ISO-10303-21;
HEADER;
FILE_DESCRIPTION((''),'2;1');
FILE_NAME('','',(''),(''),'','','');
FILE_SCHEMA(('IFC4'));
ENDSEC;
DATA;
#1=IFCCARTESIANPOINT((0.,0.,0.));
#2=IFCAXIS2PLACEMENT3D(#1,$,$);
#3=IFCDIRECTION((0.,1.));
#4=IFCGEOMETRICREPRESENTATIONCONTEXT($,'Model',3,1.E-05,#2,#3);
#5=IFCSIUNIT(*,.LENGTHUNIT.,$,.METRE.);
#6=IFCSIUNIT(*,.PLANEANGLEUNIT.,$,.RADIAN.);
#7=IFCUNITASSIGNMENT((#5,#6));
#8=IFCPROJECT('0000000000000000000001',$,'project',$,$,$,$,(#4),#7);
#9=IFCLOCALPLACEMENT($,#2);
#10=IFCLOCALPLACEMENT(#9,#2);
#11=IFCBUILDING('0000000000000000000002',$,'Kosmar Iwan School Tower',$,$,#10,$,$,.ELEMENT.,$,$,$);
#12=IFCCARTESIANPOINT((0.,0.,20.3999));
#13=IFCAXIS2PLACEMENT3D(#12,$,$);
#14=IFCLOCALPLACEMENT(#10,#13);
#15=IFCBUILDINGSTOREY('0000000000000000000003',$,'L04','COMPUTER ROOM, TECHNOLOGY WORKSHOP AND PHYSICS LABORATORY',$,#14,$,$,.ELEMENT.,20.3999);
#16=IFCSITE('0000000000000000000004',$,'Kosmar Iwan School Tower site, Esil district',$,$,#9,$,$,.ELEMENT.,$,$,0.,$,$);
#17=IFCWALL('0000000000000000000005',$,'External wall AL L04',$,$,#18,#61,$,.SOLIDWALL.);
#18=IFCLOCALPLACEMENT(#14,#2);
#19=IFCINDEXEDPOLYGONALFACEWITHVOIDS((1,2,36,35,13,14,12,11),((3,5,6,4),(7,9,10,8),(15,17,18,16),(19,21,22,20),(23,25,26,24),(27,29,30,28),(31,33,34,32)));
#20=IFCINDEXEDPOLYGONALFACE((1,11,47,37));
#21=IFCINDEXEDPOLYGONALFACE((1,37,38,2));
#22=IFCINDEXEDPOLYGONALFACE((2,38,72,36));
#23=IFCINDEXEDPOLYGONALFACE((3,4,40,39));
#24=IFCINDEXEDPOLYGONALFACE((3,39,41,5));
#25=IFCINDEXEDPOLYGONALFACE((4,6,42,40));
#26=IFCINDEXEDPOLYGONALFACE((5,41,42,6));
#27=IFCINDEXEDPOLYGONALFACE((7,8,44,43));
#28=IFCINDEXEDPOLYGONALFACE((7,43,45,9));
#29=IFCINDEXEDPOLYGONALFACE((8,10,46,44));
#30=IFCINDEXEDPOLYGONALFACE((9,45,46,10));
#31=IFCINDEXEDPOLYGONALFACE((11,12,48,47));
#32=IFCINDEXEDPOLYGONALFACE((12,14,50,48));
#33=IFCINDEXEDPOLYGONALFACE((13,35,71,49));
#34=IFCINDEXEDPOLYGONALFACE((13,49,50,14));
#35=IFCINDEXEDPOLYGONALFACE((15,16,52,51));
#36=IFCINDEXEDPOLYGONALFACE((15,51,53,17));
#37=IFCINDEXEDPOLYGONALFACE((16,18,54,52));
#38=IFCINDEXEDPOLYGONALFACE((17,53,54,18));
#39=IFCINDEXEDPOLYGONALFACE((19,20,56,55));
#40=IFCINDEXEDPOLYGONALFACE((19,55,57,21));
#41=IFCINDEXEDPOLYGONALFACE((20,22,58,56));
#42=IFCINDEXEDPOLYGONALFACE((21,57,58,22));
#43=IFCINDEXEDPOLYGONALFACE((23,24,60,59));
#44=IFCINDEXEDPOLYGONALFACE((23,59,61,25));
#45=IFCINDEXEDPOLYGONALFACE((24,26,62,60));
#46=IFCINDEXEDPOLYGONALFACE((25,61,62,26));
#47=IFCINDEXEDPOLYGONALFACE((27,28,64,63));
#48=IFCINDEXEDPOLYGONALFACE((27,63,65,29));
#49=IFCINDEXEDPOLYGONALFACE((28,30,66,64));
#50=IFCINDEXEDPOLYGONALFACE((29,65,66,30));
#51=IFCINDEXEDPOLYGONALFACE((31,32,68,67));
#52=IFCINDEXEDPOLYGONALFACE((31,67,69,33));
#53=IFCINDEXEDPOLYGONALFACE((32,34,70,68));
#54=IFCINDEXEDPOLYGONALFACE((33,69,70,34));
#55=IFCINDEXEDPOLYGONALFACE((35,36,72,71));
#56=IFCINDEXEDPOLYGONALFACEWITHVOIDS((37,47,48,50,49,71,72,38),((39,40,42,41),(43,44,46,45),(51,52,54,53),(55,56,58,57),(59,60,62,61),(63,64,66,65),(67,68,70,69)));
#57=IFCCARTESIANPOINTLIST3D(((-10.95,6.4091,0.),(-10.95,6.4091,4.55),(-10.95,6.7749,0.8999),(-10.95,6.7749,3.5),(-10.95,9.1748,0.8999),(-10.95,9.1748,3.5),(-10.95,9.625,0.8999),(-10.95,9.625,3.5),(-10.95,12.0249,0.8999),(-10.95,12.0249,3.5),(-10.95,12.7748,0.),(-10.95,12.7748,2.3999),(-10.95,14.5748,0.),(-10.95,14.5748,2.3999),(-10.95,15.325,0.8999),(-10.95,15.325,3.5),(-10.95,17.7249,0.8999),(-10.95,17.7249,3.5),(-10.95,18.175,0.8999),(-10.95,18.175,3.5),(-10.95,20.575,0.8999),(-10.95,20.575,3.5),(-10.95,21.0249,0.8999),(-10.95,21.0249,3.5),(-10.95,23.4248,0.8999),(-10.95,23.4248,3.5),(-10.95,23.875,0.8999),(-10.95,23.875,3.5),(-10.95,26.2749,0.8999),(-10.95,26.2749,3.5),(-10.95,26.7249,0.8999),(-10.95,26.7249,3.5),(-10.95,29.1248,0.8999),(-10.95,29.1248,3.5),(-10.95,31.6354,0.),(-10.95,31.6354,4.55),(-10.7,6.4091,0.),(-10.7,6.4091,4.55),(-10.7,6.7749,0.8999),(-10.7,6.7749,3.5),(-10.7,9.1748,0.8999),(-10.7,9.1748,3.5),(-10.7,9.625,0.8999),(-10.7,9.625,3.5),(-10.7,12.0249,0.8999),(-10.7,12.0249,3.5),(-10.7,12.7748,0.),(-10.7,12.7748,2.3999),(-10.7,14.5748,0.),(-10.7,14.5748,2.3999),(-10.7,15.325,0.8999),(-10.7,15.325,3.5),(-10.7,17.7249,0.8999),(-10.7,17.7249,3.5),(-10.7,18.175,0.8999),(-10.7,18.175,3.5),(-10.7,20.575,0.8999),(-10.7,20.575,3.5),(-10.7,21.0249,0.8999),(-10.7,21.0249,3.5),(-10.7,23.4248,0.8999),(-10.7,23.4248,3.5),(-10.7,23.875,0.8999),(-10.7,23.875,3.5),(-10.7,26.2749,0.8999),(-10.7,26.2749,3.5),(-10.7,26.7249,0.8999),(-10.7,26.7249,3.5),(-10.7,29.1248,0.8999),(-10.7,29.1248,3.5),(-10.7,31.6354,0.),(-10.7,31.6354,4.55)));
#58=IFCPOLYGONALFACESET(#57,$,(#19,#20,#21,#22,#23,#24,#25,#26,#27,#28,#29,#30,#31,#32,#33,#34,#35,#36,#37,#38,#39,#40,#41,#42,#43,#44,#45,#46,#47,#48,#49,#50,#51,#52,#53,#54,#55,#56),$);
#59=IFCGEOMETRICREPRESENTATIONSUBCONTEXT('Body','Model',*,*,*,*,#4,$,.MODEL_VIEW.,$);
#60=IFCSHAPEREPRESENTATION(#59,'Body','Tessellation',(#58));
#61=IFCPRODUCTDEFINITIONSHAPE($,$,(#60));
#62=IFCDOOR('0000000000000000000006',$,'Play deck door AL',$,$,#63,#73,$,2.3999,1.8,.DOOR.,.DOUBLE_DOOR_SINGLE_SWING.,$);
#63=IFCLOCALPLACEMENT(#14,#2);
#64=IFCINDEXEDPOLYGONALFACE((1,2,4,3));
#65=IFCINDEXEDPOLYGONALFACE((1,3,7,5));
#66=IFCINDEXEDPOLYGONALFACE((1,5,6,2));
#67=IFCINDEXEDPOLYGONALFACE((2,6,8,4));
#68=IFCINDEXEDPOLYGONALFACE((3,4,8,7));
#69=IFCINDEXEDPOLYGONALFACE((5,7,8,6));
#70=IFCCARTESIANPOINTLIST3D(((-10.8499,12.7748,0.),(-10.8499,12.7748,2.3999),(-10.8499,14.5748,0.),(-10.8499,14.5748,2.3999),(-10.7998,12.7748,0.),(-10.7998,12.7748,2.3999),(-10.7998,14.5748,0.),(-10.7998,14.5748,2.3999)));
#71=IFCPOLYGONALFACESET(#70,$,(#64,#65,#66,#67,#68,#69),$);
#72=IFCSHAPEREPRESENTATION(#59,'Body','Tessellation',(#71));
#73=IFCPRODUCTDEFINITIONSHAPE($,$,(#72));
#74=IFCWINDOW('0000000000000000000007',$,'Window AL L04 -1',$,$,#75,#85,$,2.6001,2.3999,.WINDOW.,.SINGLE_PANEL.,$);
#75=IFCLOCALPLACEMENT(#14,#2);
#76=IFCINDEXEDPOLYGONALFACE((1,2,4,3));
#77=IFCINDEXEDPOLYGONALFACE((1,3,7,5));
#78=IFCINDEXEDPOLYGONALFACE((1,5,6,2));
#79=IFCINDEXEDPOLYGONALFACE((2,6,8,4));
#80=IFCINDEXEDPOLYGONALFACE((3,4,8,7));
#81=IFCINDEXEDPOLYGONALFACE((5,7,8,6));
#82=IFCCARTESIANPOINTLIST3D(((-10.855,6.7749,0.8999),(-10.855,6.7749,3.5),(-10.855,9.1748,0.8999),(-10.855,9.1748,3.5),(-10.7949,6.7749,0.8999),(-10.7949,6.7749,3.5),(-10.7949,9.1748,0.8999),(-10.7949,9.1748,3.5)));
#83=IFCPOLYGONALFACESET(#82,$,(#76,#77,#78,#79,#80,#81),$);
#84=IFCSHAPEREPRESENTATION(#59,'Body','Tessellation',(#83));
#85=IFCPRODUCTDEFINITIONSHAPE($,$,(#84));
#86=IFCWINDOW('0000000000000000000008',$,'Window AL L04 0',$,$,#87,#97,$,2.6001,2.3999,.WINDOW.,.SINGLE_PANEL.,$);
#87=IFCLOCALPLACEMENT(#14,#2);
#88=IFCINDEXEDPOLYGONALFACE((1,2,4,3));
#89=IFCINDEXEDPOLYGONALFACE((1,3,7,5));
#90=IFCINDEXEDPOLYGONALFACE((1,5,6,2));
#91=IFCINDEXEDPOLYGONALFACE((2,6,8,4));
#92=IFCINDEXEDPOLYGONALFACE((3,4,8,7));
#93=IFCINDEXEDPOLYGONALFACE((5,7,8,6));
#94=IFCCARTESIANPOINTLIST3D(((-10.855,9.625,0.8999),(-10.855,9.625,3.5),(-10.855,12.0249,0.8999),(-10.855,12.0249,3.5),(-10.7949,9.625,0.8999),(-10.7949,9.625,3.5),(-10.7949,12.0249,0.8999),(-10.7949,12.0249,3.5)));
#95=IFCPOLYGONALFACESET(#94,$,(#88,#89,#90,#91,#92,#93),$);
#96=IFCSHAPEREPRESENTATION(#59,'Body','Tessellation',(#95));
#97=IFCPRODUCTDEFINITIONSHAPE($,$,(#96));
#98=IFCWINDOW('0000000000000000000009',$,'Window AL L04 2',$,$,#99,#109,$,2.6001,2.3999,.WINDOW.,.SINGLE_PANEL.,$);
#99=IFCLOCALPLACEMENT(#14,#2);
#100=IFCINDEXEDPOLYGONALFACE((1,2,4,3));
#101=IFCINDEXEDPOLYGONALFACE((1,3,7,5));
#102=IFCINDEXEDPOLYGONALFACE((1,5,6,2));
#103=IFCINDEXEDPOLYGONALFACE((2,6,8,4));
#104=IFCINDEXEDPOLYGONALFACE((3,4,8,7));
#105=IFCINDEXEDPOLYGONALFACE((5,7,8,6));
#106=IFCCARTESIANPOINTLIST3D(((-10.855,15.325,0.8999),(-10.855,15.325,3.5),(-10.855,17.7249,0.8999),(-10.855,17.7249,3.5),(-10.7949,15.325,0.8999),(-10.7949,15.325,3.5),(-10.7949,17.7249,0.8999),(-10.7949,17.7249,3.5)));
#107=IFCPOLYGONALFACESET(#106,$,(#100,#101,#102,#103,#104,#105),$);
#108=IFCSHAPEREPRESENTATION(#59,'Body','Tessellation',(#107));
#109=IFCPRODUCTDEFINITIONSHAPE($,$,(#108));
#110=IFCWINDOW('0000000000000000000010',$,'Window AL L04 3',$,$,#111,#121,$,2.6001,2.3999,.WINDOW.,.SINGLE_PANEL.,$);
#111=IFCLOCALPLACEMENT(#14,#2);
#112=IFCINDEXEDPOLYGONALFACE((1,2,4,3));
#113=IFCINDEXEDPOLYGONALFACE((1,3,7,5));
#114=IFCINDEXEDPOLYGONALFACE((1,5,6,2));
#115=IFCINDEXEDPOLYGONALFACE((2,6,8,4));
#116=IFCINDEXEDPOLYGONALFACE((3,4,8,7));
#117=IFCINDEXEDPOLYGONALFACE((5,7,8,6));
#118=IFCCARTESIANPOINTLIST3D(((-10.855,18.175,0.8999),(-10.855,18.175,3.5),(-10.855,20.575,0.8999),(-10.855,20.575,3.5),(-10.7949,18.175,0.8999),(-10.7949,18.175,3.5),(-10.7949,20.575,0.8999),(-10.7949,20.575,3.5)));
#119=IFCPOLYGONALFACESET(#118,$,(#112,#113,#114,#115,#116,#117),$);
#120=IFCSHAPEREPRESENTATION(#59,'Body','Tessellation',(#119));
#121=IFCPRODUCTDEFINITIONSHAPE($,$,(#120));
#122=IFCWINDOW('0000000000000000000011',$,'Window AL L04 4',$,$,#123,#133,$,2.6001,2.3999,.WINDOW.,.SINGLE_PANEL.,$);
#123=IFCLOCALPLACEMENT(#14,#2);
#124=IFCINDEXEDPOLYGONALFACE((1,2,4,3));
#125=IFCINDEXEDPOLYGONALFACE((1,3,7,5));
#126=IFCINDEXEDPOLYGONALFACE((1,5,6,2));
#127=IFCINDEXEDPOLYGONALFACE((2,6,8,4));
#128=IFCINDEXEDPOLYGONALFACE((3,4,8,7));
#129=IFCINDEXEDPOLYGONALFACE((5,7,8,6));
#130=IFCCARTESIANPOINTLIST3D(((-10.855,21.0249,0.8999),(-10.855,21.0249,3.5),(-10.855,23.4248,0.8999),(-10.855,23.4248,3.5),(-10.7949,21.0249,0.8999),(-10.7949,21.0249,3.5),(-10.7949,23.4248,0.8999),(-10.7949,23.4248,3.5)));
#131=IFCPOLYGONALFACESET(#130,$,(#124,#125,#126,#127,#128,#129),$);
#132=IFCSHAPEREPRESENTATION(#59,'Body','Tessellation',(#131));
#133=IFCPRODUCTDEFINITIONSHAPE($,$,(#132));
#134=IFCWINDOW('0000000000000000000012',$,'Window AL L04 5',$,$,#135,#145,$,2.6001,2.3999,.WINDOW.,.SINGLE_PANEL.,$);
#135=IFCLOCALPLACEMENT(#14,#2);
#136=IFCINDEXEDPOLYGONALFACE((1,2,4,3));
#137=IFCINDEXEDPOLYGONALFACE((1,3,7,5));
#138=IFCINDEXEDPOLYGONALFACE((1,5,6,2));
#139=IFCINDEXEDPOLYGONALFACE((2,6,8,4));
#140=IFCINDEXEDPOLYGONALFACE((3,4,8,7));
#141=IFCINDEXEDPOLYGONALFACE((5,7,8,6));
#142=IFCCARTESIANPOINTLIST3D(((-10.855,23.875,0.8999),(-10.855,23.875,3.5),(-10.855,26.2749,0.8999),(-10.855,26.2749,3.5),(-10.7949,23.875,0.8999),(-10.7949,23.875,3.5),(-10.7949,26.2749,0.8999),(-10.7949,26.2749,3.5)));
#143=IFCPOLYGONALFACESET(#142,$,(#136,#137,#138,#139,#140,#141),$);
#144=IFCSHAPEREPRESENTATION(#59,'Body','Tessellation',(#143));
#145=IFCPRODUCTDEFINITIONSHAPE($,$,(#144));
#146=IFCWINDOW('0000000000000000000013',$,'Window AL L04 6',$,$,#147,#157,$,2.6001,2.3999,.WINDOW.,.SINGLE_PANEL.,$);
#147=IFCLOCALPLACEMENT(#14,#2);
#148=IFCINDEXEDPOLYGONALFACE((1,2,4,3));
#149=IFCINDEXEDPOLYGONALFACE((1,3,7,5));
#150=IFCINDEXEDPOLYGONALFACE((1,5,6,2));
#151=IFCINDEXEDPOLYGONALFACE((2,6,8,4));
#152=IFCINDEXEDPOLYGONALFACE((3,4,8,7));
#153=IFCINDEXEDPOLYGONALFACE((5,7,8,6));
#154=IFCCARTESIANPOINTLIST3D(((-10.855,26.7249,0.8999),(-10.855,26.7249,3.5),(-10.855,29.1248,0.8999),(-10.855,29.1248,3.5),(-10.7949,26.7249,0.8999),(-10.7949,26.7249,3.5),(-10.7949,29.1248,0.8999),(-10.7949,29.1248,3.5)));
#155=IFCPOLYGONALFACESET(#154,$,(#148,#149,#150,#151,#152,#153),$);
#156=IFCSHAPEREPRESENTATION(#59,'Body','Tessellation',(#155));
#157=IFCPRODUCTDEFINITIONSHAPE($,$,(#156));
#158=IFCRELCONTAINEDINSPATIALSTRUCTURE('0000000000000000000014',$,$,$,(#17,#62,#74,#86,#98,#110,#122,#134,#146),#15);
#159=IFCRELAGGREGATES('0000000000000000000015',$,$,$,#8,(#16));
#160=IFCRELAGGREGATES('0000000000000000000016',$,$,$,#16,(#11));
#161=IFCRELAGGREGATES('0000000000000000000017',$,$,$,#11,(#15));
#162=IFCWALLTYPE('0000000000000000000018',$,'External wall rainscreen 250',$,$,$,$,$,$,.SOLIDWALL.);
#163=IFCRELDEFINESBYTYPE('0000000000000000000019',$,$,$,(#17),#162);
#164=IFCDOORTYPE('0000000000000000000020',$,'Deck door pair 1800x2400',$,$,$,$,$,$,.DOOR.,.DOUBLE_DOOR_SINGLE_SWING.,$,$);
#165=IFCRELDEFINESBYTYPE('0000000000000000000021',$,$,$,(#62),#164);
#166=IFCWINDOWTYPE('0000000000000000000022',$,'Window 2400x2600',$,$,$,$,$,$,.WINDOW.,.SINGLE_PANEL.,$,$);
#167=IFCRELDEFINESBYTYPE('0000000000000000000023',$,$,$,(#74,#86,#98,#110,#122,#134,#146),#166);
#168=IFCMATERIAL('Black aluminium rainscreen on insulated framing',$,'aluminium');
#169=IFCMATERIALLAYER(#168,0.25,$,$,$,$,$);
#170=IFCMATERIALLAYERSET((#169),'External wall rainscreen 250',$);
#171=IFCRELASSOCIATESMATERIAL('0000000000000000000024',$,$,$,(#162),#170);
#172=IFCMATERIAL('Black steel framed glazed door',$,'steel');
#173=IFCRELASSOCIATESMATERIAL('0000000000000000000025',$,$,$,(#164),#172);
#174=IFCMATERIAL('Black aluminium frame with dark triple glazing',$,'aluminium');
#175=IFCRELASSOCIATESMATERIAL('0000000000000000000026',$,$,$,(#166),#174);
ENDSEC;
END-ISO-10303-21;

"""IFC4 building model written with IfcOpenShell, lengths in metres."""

from ifc_helpers import new_model, si_unit, direction, frame, frame_2d, origin, place, context, subcontext, project, spatial, rectangle, extrude, material, layer, layer_set, type_object, element, fill, save


model = new_model("IFC4")

# Units and contexts
model_context = context("Model", 3, precision=1e-05, world=origin(), true_north=direction((0.0, 1.0)))
body_context = subcontext(model_context, "Body", "Model", "MODEL_VIEW")
ifc_project = project(units=[si_unit("LENGTHUNIT", "METRE"), si_unit("PLANEANGLEUNIT", "RADIAN")], contexts=[model_context])

# Site, building, storey
site_placement = place(None, origin())
site = spatial("IfcSite", under=ifc_project, at=site_placement, Name="Kosmar Iwan School Tower site, Esil district", CompositionType="ELEMENT", RefElevation=0.0)
building_placement = place(site_placement, origin())
building = spatial("IfcBuilding", under=site, at=building_placement, Name="Kosmar Iwan School Tower", CompositionType="ELEMENT")
storey_placement = place(building_placement, frame((0.0, 0.0, 20.3999)))
storey = spatial("IfcBuildingStorey", under=building, at=storey_placement, Name="L04", Description="COMPUTER ROOM, TECHNOLOGY WORKSHOP AND PHYSICS LABORATORY", CompositionType="ELEMENT", Elevation=20.3999)

# Wall, openings, door, windows
ifc_material_1 = material(Name="Black aluminium rainscreen on insulated framing", Category="aluminium")
ifc_layer_1 = layer(ifc_material_1, 0.25)
ifc_layer_set_1 = layer_set([ifc_layer_1], Name="External wall rainscreen 250")
wall_type_1 = type_object("IfcWallType", Name="External wall rainscreen 250", PredefinedType="SOLIDWALL", material=ifc_layer_set_1)
wall_1_placement = place(storey_placement, frame((-10.825, 6.4089, 0.0), z_axis=(0.0, 0.0, 1.0), x_axis=(0.0, 1.0, 0.0)))
wall_1 = element("IfcWall", 1, at=wall_1_placement, inside=storey, type_object=wall_type_1, Name="External wall AL L04", PredefinedType="SOLIDWALL", context=body_context, shape_type="SweptSolid", body=[
    extrude(rectangle(XDim=25.2263, YDim=0.25, at=frame_2d((12.6133, 0.0))), origin(), (0.0, 0.0, 1.0), 4.55),
])
opening_1_placement = place(wall_1_placement, frame((0.366, 0.0, 0.8999)))
opening_1 = element("IfcOpeningElement", 2, at=opening_1_placement, cuts=wall_1, PredefinedType="OPENING", context=body_context, shape_type="SweptSolid", body=[
    extrude(rectangle(XDim=2.3999, YDim=2.6001, at=frame_2d((1.2, 1.3))), frame((0.0, 0.137, 0.0), z_axis=(0.0, -1.0, 0.0), x_axis=(1.0, 0.0, 0.0)), (0.0, 0.0, 1.0), 0.2739),
])
opening_2_placement = place(wall_1_placement, frame((3.2161, 0.0, 0.8999)))
opening_2 = element("IfcOpeningElement", 3, at=opening_2_placement, cuts=wall_1, PredefinedType="OPENING", context=body_context, shape_type="SweptSolid", body=[
    extrude(rectangle(XDim=2.3999, YDim=2.6001, at=frame_2d((1.2, 1.3))), frame((0.0, 0.137, 0.0), z_axis=(0.0, -1.0, 0.0), x_axis=(1.0, 0.0, 0.0)), (0.0, 0.0, 1.0), 0.2739),
])
opening_3_placement = place(wall_1_placement, frame((6.366, 0.0, 0.0)))
opening_3 = element("IfcOpeningElement", 4, at=opening_3_placement, cuts=wall_1, PredefinedType="OPENING", context=body_context, shape_type="SweptSolid", body=[
    extrude(rectangle(XDim=1.8, YDim=2.3999, at=frame_2d((0.8999, 1.2))), frame((0.0, 0.137, 0.0), z_axis=(0.0, -1.0, 0.0), x_axis=(1.0, 0.0, 0.0)), (0.0, 0.0, 1.0), 0.2739),
])
opening_4_placement = place(wall_1_placement, frame((8.916, 0.0, 0.8999)))
opening_4 = element("IfcOpeningElement", 5, at=opening_4_placement, cuts=wall_1, PredefinedType="OPENING", context=body_context, shape_type="SweptSolid", body=[
    extrude(rectangle(XDim=2.3999, YDim=2.6001, at=frame_2d((1.2, 1.3))), frame((0.0, 0.137, 0.0), z_axis=(0.0, -1.0, 0.0), x_axis=(1.0, 0.0, 0.0)), (0.0, 0.0, 1.0), 0.2739),
])
opening_5_placement = place(wall_1_placement, frame((11.7661, 0.0, 0.8999)))
opening_5 = element("IfcOpeningElement", 6, at=opening_5_placement, cuts=wall_1, PredefinedType="OPENING", context=body_context, shape_type="SweptSolid", body=[
    extrude(rectangle(XDim=2.3999, YDim=2.6001, at=frame_2d((1.2, 1.3))), frame((0.0, 0.137, 0.0), z_axis=(0.0, -1.0, 0.0), x_axis=(1.0, 0.0, 0.0)), (0.0, 0.0, 1.0), 0.2739),
])
opening_6_placement = place(wall_1_placement, frame((14.616, 0.0, 0.8999)))
opening_6 = element("IfcOpeningElement", 7, at=opening_6_placement, cuts=wall_1, PredefinedType="OPENING", context=body_context, shape_type="SweptSolid", body=[
    extrude(rectangle(XDim=2.3999, YDim=2.6001, at=frame_2d((1.2, 1.3))), frame((0.0, 0.137, 0.0), z_axis=(0.0, -1.0, 0.0), x_axis=(1.0, 0.0, 0.0)), (0.0, 0.0, 1.0), 0.2739),
])
opening_7_placement = place(wall_1_placement, frame((17.4661, 0.0, 0.8999)))
opening_7 = element("IfcOpeningElement", 8, at=opening_7_placement, cuts=wall_1, PredefinedType="OPENING", context=body_context, shape_type="SweptSolid", body=[
    extrude(rectangle(XDim=2.3999, YDim=2.6001, at=frame_2d((1.2, 1.3))), frame((0.0, 0.137, 0.0), z_axis=(0.0, -1.0, 0.0), x_axis=(1.0, 0.0, 0.0)), (0.0, 0.0, 1.0), 0.2739),
])
opening_8_placement = place(wall_1_placement, frame((20.3159, 0.0, 0.8999)))
opening_8 = element("IfcOpeningElement", 9, at=opening_8_placement, cuts=wall_1, PredefinedType="OPENING", context=body_context, shape_type="SweptSolid", body=[
    extrude(rectangle(XDim=2.3999, YDim=2.6001, at=frame_2d((1.2, 1.3))), frame((0.0, 0.137, 0.0), z_axis=(0.0, -1.0, 0.0), x_axis=(1.0, 0.0, 0.0)), (0.0, 0.0, 1.0), 0.2739),
])
ifc_material_2 = material(Name="Black steel framed glazed door", Category="steel")
door_type_1 = type_object("IfcDoorType", Name="Deck door pair 1800x2400", OperationType="DOUBLE_DOOR_SINGLE_SWING", PredefinedType="DOOR", material=ifc_material_2)
door_1_placement = place(opening_3_placement, origin())
door_1 = element("IfcDoor", 10, at=door_1_placement, inside=storey, type_object=door_type_1, Name="Play deck door AL", OperationType="DOUBLE_DOOR_SINGLE_SWING", OverallHeight=2.3999, OverallWidth=1.8, PredefinedType="DOOR", context=body_context, shape_type="SweptSolid", body=[
    extrude(rectangle(XDim=1.8, YDim=2.3999, at=frame_2d((0.8999, 1.2))), frame((0.0, 0.0249, 0.0), z_axis=(0.0, -1.0, 0.0), x_axis=(1.0, 0.0, 0.0)), (0.0, 0.0, 1.0), 0.05),
])
fill(opening_3, door_1)
ifc_material_3 = material(Name="Black aluminium frame with dark triple glazing", Category="aluminium")
window_type = type_object("IfcWindowType", Name="Window 2400x2600", PartitioningType="SINGLE_PANEL", PredefinedType="WINDOW", material=ifc_material_3)
window_1_placement = place(opening_1_placement, origin())
window_1 = element("IfcWindow", 11, at=window_1_placement, inside=storey, type_object=window_type, Name="Window AL L04 -1", OverallHeight=2.6001, OverallWidth=2.3999, PartitioningType="SINGLE_PANEL", PredefinedType="WINDOW", context=body_context, shape_type="SweptSolid", body=[
    extrude(rectangle(XDim=2.3999, YDim=2.6001, at=frame_2d((1.2, 1.3))), frame((0.0, 0.03, 0.0), z_axis=(0.0, -1.0, 0.0), x_axis=(1.0, 0.0, 0.0)), (0.0, 0.0, 1.0), 0.0601),
])
fill(opening_1, window_1)
window_2_placement = place(opening_2_placement, origin())
window_2 = element("IfcWindow", 12, at=window_2_placement, inside=storey, type_object=window_type, Name="Window AL L04 0", OverallHeight=2.6001, OverallWidth=2.3999, PartitioningType="SINGLE_PANEL", PredefinedType="WINDOW", context=body_context, shape_type="SweptSolid", body=[
    extrude(rectangle(XDim=2.3999, YDim=2.6001, at=frame_2d((1.2, 1.3))), frame((0.0, 0.03, 0.0), z_axis=(0.0, -1.0, 0.0), x_axis=(1.0, 0.0, 0.0)), (0.0, 0.0, 1.0), 0.0601),
])
fill(opening_2, window_2)
window_3_placement = place(opening_4_placement, origin())
window_3 = element("IfcWindow", 13, at=window_3_placement, inside=storey, type_object=window_type, Name="Window AL L04 2", OverallHeight=2.6001, OverallWidth=2.3999, PartitioningType="SINGLE_PANEL", PredefinedType="WINDOW", context=body_context, shape_type="SweptSolid", body=[
    extrude(rectangle(XDim=2.3999, YDim=2.6001, at=frame_2d((1.2, 1.3))), frame((0.0, 0.03, 0.0), z_axis=(0.0, -1.0, 0.0), x_axis=(1.0, 0.0, 0.0)), (0.0, 0.0, 1.0), 0.0601),
])
fill(opening_4, window_3)
window_4_placement = place(opening_5_placement, origin())
window_4 = element("IfcWindow", 14, at=window_4_placement, inside=storey, type_object=window_type, Name="Window AL L04 3", OverallHeight=2.6001, OverallWidth=2.3999, PartitioningType="SINGLE_PANEL", PredefinedType="WINDOW", context=body_context, shape_type="SweptSolid", body=[
    extrude(rectangle(XDim=2.3999, YDim=2.6001, at=frame_2d((1.2, 1.3))), frame((0.0, 0.03, 0.0), z_axis=(0.0, -1.0, 0.0), x_axis=(1.0, 0.0, 0.0)), (0.0, 0.0, 1.0), 0.0601),
])
fill(opening_5, window_4)
window_5_placement = place(opening_6_placement, origin())
window_5 = element("IfcWindow", 15, at=window_5_placement, inside=storey, type_object=window_type, Name="Window AL L04 4", OverallHeight=2.6001, OverallWidth=2.3999, PartitioningType="SINGLE_PANEL", PredefinedType="WINDOW", context=body_context, shape_type="SweptSolid", body=[
    extrude(rectangle(XDim=2.3999, YDim=2.6001, at=frame_2d((1.2, 1.3))), frame((0.0, 0.03, 0.0), z_axis=(0.0, -1.0, 0.0), x_axis=(1.0, 0.0, 0.0)), (0.0, 0.0, 1.0), 0.0601),
])
fill(opening_6, window_5)
window_6_placement = place(opening_7_placement, origin())
window_6 = element("IfcWindow", 16, at=window_6_placement, inside=storey, type_object=window_type, Name="Window AL L04 5", OverallHeight=2.6001, OverallWidth=2.3999, PartitioningType="SINGLE_PANEL", PredefinedType="WINDOW", context=body_context, shape_type="SweptSolid", body=[
    extrude(rectangle(XDim=2.3999, YDim=2.6001, at=frame_2d((1.2, 1.3))), frame((0.0, 0.03, 0.0), z_axis=(0.0, -1.0, 0.0), x_axis=(1.0, 0.0, 0.0)), (0.0, 0.0, 1.0), 0.0601),
])
fill(opening_7, window_6)
window_7_placement = place(opening_8_placement, origin())
window_7 = element("IfcWindow", 17, at=window_7_placement, inside=storey, type_object=window_type, Name="Window AL L04 6", OverallHeight=2.6001, OverallWidth=2.3999, PartitioningType="SINGLE_PANEL", PredefinedType="WINDOW", context=body_context, shape_type="SweptSolid", body=[
    extrude(rectangle(XDim=2.3999, YDim=2.6001, at=frame_2d((1.2, 1.3))), frame((0.0, 0.03, 0.0), z_axis=(0.0, -1.0, 0.0), x_axis=(1.0, 0.0, 0.0)), (0.0, 0.0, 1.0), 0.0601),
])
fill(opening_8, window_7)

save(model, "model.ifc")
